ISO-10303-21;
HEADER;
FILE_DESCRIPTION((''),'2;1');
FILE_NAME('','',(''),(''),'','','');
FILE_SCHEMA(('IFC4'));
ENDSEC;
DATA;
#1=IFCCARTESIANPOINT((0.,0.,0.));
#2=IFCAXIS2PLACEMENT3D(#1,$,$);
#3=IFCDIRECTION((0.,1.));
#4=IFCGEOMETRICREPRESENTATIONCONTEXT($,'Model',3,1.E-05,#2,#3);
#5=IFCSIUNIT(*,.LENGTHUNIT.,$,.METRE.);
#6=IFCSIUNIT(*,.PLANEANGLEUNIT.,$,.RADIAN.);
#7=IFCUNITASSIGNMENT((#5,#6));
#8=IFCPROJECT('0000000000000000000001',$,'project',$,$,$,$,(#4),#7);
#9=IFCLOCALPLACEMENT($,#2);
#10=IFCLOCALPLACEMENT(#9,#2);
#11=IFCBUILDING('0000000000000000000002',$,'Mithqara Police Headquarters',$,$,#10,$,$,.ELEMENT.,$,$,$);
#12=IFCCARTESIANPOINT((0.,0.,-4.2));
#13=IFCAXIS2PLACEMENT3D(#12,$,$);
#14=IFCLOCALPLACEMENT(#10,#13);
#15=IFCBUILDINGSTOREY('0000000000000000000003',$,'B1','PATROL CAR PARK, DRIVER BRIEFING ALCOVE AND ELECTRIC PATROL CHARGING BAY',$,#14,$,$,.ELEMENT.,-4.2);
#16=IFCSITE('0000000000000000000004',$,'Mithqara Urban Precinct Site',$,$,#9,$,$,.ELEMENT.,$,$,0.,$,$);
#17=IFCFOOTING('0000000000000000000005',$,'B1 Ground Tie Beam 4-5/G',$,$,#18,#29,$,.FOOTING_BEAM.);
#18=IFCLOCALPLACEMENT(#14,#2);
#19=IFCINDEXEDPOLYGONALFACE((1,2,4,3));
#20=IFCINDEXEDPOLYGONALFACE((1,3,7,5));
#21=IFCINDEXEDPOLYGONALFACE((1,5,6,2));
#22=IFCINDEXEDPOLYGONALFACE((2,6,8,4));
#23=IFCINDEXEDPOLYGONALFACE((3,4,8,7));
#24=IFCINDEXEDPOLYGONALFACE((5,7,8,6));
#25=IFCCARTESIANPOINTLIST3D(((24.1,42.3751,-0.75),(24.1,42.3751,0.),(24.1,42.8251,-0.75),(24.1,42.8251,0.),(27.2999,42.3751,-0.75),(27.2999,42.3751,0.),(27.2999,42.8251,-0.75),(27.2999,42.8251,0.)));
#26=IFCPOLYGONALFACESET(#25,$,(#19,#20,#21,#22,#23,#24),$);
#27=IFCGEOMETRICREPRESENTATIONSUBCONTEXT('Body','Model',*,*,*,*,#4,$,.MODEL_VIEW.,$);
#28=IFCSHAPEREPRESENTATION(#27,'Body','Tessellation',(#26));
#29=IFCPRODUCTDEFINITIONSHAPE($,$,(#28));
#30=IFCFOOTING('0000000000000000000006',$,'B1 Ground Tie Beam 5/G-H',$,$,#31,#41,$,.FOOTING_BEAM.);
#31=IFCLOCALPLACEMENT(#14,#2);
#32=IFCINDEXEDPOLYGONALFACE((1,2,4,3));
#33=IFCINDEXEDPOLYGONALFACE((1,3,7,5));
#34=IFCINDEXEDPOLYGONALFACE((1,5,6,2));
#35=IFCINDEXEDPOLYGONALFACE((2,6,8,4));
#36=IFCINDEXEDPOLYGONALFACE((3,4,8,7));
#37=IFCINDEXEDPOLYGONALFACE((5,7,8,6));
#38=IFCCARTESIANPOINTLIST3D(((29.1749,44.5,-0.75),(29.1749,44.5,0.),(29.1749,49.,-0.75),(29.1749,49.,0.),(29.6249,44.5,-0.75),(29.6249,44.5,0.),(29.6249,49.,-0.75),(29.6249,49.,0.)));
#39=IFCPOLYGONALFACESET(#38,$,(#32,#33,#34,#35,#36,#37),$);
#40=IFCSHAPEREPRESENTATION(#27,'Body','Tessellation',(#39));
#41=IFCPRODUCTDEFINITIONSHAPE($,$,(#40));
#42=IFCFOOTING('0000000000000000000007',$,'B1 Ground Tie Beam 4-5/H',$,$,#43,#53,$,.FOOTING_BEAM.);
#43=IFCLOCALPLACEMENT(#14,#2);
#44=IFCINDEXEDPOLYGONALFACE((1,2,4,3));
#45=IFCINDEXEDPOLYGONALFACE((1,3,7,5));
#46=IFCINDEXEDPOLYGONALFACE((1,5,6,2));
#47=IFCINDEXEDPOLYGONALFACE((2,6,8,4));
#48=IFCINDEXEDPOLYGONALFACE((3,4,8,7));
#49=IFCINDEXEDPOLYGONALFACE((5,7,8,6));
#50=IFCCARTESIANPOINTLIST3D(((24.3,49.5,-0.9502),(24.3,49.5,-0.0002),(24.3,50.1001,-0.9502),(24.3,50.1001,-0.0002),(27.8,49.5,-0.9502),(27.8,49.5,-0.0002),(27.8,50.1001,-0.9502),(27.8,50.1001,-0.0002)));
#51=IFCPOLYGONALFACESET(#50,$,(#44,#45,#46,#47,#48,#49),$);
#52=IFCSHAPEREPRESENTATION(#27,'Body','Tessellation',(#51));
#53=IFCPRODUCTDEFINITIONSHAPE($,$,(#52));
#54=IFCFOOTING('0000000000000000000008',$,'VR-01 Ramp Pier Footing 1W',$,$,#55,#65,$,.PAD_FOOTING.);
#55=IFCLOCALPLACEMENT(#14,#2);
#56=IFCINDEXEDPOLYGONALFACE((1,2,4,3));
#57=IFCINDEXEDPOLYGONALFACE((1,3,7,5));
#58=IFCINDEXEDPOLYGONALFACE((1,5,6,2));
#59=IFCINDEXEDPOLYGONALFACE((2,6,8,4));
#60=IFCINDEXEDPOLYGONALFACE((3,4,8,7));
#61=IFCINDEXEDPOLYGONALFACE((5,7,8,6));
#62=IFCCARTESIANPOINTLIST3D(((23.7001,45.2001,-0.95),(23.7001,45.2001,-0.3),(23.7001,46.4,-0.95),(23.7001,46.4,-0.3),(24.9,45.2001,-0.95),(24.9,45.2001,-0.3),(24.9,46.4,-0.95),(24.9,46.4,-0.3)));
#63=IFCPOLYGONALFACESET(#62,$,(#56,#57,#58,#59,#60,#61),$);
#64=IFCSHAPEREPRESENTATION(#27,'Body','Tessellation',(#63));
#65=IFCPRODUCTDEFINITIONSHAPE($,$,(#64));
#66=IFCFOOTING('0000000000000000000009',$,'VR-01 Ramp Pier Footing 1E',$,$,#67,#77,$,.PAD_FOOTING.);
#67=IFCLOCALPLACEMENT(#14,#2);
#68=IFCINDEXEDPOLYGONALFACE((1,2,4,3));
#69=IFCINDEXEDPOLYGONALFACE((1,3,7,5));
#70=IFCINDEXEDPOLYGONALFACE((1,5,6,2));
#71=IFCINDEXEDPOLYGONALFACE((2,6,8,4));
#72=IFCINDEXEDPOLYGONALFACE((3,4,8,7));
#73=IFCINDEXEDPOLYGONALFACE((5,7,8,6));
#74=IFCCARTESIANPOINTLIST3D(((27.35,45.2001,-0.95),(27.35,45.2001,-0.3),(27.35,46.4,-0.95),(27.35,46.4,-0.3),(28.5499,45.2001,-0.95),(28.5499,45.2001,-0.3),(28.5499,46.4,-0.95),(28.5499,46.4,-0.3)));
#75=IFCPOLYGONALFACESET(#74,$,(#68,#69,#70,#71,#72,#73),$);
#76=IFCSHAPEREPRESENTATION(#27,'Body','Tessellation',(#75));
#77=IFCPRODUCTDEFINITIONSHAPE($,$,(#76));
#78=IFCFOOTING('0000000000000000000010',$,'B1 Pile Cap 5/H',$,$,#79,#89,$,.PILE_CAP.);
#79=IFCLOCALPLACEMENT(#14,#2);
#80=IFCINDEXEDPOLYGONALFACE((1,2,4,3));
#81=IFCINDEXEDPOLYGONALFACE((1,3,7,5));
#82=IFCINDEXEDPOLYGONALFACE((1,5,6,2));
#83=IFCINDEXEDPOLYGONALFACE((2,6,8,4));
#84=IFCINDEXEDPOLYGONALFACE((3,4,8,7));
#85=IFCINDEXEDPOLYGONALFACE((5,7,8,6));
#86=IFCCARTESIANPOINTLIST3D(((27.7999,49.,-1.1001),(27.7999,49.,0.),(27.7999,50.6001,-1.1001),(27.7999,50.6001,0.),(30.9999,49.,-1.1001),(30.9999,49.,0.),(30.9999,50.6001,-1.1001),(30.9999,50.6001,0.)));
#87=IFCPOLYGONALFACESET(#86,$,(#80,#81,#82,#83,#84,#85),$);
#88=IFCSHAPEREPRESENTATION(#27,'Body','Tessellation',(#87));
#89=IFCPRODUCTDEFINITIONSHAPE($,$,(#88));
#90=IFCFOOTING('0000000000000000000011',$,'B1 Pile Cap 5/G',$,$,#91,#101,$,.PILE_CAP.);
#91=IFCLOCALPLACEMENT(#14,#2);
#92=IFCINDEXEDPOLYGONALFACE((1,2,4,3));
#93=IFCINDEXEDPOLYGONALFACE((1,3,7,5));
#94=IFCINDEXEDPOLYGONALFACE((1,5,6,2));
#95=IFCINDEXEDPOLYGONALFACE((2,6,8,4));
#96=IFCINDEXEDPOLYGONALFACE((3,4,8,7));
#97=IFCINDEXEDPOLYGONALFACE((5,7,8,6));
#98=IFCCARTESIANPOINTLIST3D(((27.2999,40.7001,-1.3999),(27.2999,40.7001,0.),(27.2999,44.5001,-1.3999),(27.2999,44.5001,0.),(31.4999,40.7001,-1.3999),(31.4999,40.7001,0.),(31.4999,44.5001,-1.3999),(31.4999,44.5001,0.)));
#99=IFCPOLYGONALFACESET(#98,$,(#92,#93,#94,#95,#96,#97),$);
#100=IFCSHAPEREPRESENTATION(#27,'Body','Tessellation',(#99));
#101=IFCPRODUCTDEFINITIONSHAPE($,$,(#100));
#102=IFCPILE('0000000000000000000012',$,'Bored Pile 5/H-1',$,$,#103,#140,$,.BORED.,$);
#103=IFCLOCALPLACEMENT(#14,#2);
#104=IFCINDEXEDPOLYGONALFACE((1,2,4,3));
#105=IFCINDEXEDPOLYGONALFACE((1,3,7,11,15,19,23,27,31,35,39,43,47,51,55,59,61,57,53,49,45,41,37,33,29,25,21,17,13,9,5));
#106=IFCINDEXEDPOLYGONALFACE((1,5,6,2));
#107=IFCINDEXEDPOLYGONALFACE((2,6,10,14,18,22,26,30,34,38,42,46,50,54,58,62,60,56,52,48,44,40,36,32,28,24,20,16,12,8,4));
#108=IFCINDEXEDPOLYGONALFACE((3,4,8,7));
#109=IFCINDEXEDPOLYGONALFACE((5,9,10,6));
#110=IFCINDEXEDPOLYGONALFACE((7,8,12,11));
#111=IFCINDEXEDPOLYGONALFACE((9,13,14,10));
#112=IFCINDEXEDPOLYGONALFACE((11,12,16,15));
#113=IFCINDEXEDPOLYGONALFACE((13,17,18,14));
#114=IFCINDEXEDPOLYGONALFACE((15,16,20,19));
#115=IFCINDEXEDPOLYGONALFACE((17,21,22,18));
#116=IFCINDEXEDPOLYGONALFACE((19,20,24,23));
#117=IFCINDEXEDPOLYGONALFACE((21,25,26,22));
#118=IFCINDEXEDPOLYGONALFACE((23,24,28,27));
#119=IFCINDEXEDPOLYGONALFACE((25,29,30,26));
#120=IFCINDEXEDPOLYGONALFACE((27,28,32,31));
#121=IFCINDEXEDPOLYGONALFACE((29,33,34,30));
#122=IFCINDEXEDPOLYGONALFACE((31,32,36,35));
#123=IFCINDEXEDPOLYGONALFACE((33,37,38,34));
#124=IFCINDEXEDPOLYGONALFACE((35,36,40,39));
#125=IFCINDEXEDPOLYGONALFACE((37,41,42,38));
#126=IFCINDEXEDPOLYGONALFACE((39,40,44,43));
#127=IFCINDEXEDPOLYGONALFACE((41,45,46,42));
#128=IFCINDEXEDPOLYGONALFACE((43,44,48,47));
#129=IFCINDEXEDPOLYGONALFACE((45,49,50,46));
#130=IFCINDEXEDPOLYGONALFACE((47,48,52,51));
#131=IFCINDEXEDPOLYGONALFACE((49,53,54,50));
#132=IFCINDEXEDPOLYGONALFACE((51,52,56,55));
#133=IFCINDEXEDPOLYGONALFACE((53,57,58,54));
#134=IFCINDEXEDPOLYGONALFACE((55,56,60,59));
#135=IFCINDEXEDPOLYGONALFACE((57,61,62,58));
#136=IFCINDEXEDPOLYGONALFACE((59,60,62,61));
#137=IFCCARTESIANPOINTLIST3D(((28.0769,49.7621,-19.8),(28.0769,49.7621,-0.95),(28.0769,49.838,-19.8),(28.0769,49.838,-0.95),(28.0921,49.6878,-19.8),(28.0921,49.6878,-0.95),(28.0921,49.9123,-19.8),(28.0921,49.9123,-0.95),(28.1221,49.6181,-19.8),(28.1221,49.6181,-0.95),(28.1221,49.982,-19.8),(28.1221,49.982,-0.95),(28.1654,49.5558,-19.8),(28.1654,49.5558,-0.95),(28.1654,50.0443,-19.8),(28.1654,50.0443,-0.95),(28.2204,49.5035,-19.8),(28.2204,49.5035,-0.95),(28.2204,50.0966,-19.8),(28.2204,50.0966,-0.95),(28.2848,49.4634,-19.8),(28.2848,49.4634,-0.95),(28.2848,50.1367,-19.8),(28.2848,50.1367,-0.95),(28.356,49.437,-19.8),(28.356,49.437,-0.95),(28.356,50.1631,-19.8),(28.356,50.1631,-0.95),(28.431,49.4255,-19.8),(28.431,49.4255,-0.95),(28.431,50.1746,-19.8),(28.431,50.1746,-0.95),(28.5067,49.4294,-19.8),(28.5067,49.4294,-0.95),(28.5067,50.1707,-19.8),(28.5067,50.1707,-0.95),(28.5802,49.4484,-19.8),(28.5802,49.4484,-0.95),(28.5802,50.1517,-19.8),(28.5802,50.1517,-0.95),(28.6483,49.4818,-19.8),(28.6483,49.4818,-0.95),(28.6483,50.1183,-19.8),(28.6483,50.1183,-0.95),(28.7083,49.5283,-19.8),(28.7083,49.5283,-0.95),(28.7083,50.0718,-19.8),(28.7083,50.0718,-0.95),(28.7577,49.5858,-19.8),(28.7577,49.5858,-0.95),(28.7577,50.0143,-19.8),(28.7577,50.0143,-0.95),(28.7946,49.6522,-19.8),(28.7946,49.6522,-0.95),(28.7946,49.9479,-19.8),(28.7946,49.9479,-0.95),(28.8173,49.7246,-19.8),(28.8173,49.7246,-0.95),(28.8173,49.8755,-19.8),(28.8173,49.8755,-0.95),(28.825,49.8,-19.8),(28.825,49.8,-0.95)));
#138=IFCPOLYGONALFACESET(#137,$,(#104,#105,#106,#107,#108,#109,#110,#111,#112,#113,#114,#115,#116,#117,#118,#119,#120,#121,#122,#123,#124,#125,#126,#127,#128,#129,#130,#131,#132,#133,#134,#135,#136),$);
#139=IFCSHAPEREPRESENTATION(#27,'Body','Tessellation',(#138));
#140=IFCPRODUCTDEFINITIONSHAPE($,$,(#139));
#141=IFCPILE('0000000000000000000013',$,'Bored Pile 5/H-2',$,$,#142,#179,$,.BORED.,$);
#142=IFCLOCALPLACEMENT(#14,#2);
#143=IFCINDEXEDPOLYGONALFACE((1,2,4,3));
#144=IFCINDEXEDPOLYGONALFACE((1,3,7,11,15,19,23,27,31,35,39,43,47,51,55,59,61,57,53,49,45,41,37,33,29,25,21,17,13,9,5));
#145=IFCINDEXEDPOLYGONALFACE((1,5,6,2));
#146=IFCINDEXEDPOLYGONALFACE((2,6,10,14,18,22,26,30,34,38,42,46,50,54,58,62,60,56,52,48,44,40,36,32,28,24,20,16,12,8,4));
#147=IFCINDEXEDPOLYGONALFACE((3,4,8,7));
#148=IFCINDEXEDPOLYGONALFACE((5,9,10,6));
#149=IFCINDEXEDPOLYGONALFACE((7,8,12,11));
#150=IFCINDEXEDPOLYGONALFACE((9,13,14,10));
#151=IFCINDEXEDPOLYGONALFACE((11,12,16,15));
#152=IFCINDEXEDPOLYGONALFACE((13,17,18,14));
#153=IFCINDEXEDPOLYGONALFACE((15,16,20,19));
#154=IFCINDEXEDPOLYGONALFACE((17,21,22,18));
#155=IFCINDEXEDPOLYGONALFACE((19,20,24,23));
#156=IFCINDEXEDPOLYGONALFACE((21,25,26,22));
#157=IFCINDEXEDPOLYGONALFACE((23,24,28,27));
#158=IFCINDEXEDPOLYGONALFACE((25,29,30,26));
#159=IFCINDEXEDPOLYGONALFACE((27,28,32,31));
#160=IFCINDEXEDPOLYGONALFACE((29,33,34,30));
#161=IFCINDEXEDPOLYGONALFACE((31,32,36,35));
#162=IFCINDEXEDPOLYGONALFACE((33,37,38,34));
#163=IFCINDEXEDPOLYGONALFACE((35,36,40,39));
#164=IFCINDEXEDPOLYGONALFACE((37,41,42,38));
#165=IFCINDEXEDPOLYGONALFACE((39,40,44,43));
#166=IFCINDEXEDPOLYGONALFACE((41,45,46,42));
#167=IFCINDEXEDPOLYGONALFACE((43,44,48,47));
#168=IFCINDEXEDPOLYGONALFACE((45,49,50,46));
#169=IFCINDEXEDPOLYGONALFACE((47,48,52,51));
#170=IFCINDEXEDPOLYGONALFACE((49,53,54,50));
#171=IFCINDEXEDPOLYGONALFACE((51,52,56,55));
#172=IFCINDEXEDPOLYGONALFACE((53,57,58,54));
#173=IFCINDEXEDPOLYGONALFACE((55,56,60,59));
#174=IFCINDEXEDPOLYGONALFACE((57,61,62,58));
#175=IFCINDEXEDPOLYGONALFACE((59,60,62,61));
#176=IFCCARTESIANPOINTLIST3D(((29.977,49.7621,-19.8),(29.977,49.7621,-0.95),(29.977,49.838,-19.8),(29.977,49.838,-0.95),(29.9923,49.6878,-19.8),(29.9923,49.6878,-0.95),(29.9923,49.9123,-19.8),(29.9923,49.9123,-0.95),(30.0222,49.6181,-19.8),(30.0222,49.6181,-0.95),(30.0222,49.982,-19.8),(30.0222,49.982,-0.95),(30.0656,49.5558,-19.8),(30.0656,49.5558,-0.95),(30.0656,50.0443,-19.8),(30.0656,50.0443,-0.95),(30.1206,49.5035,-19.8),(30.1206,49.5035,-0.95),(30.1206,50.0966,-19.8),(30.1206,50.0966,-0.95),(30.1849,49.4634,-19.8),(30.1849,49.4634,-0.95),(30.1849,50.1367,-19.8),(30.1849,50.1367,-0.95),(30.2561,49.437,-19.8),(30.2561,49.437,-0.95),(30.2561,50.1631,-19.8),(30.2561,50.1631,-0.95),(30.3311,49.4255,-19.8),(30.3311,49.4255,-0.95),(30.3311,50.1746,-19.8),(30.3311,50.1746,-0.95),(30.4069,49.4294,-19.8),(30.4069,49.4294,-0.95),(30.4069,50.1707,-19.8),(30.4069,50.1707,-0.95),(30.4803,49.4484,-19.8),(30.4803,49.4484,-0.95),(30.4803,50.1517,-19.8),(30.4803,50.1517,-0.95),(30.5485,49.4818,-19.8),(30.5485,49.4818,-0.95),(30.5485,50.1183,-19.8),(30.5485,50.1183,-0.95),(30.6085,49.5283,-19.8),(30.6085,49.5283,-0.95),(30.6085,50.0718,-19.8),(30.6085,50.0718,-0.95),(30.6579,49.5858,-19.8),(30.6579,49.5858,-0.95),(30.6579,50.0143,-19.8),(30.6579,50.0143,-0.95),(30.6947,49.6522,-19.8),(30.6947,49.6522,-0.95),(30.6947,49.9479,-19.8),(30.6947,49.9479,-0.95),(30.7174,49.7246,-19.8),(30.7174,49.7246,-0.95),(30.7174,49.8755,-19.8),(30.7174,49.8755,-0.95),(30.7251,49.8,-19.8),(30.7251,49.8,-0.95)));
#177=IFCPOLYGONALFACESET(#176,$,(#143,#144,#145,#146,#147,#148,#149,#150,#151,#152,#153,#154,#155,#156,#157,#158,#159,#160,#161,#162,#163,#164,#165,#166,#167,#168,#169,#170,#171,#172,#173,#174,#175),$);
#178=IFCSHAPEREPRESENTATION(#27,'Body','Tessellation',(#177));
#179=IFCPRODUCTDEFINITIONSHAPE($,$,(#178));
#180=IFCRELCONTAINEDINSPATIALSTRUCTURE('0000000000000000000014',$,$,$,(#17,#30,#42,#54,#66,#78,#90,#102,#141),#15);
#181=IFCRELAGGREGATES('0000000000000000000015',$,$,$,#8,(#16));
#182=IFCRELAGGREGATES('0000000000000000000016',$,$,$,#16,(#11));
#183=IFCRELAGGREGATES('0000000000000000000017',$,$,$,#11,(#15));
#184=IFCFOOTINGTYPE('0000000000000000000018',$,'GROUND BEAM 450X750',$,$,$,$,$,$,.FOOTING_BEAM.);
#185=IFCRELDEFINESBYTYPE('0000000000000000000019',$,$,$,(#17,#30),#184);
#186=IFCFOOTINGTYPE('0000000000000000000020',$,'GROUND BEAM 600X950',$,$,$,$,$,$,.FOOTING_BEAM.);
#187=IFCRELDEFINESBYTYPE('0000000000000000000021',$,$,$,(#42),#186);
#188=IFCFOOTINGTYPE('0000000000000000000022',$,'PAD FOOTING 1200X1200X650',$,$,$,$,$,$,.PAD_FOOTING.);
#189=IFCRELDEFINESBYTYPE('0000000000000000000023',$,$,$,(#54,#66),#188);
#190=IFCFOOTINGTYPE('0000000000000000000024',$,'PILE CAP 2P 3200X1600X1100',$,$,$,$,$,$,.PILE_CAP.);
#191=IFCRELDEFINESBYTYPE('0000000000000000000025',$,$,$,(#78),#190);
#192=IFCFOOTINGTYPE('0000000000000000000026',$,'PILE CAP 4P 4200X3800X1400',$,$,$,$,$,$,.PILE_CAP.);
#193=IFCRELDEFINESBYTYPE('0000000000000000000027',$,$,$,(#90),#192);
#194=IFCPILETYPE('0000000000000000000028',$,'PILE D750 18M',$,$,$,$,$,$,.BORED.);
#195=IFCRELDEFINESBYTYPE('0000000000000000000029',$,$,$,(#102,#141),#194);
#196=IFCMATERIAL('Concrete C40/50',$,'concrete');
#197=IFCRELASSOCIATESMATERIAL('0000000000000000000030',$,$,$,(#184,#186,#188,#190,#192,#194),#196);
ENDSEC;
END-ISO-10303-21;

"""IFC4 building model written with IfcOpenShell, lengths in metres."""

from ifc_helpers import new_model, si_unit, direction, frame, origin, origin_2d, place, context, subcontext, project, spatial, rectangle, circle, extrude, material, material_profile, profile_set, type_object, element, save


model = new_model("IFC4")

# Units and contexts
model_context = context("Model", 3, precision=1e-05, world=origin(), true_north=direction((0.0, 1.0)))
body_context = subcontext(model_context, "Body", "Model", "MODEL_VIEW")
ifc_project = project(units=[si_unit("LENGTHUNIT", "METRE"), si_unit("PLANEANGLEUNIT", "RADIAN")], contexts=[model_context])

# Site, building, storey
site_placement = place(None, origin())
site = spatial("IfcSite", under=ifc_project, at=site_placement, Name="Mithqara Urban Precinct Site", CompositionType="ELEMENT", RefElevation=0.0)
building_placement = place(site_placement, origin())
building = spatial("IfcBuilding", under=site, at=building_placement, Name="Mithqara Police Headquarters", CompositionType="ELEMENT")
storey_placement = place(building_placement, frame((0.0, 0.0, -4.2)))
storey = spatial("IfcBuildingStorey", under=building, at=storey_placement, Name="B1", Description="PATROL CAR PARK, DRIVER BRIEFING ALCOVE AND ELECTRIC PATROL CHARGING BAY", CompositionType="ELEMENT", Elevation=-4.2)

# Footings
ifc_material_1 = material(Name="Concrete C40/50", Category="concrete")
footing_type_1 = type_object("IfcFootingType", Name="GROUND BEAM 450X750", PredefinedType="FOOTING_BEAM", material=ifc_material_1)
footing_1_placement = place(storey_placement, frame((25.7, 42.6001, -0.75), z_axis=(0.0, 0.0, 1.0), x_axis=(1.0, 0.0, 0.0)))
element("IfcFooting", 1, at=footing_1_placement, inside=storey, type_object=footing_type_1, Name="B1 Ground Tie Beam 4-5/G", PredefinedType="FOOTING_BEAM", context=body_context, shape_type="SweptSolid", body=[
    extrude(rectangle(XDim=3.2, YDim=0.45, at=origin_2d()), origin(), (0.0, 0.0, 1.0), 0.75),
])
footing_2_placement = place(storey_placement, frame((29.3999, 46.75, -0.75), z_axis=(0.0, 0.0, 1.0), x_axis=(1.0, 0.0, 0.0)))
element("IfcFooting", 2, at=footing_2_placement, inside=storey, type_object=footing_type_1, Name="B1 Ground Tie Beam 5/G-H", PredefinedType="FOOTING_BEAM", context=body_context, shape_type="SweptSolid", body=[
    extrude(rectangle(XDim=0.45, YDim=4.5, at=origin_2d()), origin(), (0.0, 0.0, 1.0), 0.75),
])
footing_type_2 = type_object("IfcFootingType", Name="GROUND BEAM 600X950", PredefinedType="FOOTING_BEAM", material=ifc_material_1)
footing_3_placement = place(storey_placement, frame((26.05, 49.8, -0.9502), z_axis=(0.0, 0.0, 1.0), x_axis=(1.0, 0.0, 0.0)))
element("IfcFooting", 3, at=footing_3_placement, inside=storey, type_object=footing_type_2, Name="B1 Ground Tie Beam 4-5/H", PredefinedType="FOOTING_BEAM", context=body_context, shape_type="SweptSolid", body=[
    extrude(rectangle(XDim=3.5, YDim=0.6001, at=origin_2d()), origin(), (0.0, 0.0, 1.0), 0.95),
])
footing_type_3 = type_object("IfcFootingType", Name="PAD FOOTING 1200X1200X650", PredefinedType="PAD_FOOTING", material=ifc_material_1)
for number, where, z_axis, x_axis, name in (
    (4, (24.3, 45.8, -0.95), (0.0, 0.0, 1.0), (1.0, 0.0, 0.0), "VR-01 Ramp Pier Footing 1W"),
    (5, (27.95, 45.8, -0.95), (0.0, 0.0, 1.0), (1.0, 0.0, 0.0), "VR-01 Ramp Pier Footing 1E"),
):
    element("IfcFooting", number, at=place(storey_placement, frame(where, z_axis=z_axis, x_axis=x_axis)), inside=storey, type_object=footing_type_3, Name=name, PredefinedType="PAD_FOOTING", context=body_context, shape_type="SweptSolid", body=[
        extrude(rectangle(XDim=1.2, YDim=1.2, at=origin_2d()), origin(), (0.0, 0.0, 1.0), 0.6499),
    ])
footing_type_4 = type_object("IfcFootingType", Name="PILE CAP 2P 3200X1600X1100", PredefinedType="PILE_CAP", material=ifc_material_1)
footing_4_placement = place(storey_placement, frame((29.3999, 49.8, -1.1001), z_axis=(0.0, 0.0, 1.0), x_axis=(1.0, 0.0, 0.0)))
element("IfcFooting", 6, at=footing_4_placement, inside=storey, type_object=footing_type_4, Name="B1 Pile Cap 5/H", PredefinedType="PILE_CAP", context=body_context, shape_type="SweptSolid", body=[
    extrude(rectangle(XDim=3.2, YDim=1.6001, at=origin_2d()), origin(), (0.0, 0.0, 1.0), 1.1001),
])
footing_type_5 = type_object("IfcFootingType", Name="PILE CAP 4P 4200X3800X1400", PredefinedType="PILE_CAP", material=ifc_material_1)
footing_5_placement = place(storey_placement, frame((29.3999, 42.6001, -1.3999), z_axis=(0.0, 0.0, 1.0), x_axis=(1.0, 0.0, 0.0)))
element("IfcFooting", 7, at=footing_5_placement, inside=storey, type_object=footing_type_5, Name="B1 Pile Cap 5/G", PredefinedType="PILE_CAP", context=body_context, shape_type="SweptSolid", body=[
    extrude(rectangle(XDim=4.2, YDim=3.8, at=origin_2d()), origin(), (0.0, 0.0, 1.0), 1.3999),
])

# Piles
ifc_material_profile_1 = material_profile(ifc_material_1, circle(Radius=0.375, at=origin_2d()), Name="PILE D750")
ifc_profile_set_1 = profile_set([ifc_material_profile_1], Name="Concrete C40/50")
pile_type_1 = type_object("IfcPileType", Name="PILE D750 18M", PredefinedType="BORED", material=ifc_profile_set_1)
for number, where, z_axis, x_axis, name in (
    (8, (28.45, 49.8, -0.95), (0.0, 0.0, -1.0), (1.0, 0.0, 0.0), "Bored Pile 5/H-1"),
    (9, (30.3501, 49.8, -0.95), (0.0, 0.0, -1.0), (1.0, 0.0, 0.0), "Bored Pile 5/H-2"),
):
    element("IfcPile", number, at=place(storey_placement, frame(where, z_axis=z_axis, x_axis=x_axis)), inside=storey, type_object=pile_type_1, Name=name, PredefinedType="BORED", context=body_context, shape_type="SweptSolid", body=[
        extrude(circle(Radius=0.375, at=origin_2d()), origin(), (0.0, 0.0, 1.0), 18.8501),
    ])

save(model, "model.ifc")
